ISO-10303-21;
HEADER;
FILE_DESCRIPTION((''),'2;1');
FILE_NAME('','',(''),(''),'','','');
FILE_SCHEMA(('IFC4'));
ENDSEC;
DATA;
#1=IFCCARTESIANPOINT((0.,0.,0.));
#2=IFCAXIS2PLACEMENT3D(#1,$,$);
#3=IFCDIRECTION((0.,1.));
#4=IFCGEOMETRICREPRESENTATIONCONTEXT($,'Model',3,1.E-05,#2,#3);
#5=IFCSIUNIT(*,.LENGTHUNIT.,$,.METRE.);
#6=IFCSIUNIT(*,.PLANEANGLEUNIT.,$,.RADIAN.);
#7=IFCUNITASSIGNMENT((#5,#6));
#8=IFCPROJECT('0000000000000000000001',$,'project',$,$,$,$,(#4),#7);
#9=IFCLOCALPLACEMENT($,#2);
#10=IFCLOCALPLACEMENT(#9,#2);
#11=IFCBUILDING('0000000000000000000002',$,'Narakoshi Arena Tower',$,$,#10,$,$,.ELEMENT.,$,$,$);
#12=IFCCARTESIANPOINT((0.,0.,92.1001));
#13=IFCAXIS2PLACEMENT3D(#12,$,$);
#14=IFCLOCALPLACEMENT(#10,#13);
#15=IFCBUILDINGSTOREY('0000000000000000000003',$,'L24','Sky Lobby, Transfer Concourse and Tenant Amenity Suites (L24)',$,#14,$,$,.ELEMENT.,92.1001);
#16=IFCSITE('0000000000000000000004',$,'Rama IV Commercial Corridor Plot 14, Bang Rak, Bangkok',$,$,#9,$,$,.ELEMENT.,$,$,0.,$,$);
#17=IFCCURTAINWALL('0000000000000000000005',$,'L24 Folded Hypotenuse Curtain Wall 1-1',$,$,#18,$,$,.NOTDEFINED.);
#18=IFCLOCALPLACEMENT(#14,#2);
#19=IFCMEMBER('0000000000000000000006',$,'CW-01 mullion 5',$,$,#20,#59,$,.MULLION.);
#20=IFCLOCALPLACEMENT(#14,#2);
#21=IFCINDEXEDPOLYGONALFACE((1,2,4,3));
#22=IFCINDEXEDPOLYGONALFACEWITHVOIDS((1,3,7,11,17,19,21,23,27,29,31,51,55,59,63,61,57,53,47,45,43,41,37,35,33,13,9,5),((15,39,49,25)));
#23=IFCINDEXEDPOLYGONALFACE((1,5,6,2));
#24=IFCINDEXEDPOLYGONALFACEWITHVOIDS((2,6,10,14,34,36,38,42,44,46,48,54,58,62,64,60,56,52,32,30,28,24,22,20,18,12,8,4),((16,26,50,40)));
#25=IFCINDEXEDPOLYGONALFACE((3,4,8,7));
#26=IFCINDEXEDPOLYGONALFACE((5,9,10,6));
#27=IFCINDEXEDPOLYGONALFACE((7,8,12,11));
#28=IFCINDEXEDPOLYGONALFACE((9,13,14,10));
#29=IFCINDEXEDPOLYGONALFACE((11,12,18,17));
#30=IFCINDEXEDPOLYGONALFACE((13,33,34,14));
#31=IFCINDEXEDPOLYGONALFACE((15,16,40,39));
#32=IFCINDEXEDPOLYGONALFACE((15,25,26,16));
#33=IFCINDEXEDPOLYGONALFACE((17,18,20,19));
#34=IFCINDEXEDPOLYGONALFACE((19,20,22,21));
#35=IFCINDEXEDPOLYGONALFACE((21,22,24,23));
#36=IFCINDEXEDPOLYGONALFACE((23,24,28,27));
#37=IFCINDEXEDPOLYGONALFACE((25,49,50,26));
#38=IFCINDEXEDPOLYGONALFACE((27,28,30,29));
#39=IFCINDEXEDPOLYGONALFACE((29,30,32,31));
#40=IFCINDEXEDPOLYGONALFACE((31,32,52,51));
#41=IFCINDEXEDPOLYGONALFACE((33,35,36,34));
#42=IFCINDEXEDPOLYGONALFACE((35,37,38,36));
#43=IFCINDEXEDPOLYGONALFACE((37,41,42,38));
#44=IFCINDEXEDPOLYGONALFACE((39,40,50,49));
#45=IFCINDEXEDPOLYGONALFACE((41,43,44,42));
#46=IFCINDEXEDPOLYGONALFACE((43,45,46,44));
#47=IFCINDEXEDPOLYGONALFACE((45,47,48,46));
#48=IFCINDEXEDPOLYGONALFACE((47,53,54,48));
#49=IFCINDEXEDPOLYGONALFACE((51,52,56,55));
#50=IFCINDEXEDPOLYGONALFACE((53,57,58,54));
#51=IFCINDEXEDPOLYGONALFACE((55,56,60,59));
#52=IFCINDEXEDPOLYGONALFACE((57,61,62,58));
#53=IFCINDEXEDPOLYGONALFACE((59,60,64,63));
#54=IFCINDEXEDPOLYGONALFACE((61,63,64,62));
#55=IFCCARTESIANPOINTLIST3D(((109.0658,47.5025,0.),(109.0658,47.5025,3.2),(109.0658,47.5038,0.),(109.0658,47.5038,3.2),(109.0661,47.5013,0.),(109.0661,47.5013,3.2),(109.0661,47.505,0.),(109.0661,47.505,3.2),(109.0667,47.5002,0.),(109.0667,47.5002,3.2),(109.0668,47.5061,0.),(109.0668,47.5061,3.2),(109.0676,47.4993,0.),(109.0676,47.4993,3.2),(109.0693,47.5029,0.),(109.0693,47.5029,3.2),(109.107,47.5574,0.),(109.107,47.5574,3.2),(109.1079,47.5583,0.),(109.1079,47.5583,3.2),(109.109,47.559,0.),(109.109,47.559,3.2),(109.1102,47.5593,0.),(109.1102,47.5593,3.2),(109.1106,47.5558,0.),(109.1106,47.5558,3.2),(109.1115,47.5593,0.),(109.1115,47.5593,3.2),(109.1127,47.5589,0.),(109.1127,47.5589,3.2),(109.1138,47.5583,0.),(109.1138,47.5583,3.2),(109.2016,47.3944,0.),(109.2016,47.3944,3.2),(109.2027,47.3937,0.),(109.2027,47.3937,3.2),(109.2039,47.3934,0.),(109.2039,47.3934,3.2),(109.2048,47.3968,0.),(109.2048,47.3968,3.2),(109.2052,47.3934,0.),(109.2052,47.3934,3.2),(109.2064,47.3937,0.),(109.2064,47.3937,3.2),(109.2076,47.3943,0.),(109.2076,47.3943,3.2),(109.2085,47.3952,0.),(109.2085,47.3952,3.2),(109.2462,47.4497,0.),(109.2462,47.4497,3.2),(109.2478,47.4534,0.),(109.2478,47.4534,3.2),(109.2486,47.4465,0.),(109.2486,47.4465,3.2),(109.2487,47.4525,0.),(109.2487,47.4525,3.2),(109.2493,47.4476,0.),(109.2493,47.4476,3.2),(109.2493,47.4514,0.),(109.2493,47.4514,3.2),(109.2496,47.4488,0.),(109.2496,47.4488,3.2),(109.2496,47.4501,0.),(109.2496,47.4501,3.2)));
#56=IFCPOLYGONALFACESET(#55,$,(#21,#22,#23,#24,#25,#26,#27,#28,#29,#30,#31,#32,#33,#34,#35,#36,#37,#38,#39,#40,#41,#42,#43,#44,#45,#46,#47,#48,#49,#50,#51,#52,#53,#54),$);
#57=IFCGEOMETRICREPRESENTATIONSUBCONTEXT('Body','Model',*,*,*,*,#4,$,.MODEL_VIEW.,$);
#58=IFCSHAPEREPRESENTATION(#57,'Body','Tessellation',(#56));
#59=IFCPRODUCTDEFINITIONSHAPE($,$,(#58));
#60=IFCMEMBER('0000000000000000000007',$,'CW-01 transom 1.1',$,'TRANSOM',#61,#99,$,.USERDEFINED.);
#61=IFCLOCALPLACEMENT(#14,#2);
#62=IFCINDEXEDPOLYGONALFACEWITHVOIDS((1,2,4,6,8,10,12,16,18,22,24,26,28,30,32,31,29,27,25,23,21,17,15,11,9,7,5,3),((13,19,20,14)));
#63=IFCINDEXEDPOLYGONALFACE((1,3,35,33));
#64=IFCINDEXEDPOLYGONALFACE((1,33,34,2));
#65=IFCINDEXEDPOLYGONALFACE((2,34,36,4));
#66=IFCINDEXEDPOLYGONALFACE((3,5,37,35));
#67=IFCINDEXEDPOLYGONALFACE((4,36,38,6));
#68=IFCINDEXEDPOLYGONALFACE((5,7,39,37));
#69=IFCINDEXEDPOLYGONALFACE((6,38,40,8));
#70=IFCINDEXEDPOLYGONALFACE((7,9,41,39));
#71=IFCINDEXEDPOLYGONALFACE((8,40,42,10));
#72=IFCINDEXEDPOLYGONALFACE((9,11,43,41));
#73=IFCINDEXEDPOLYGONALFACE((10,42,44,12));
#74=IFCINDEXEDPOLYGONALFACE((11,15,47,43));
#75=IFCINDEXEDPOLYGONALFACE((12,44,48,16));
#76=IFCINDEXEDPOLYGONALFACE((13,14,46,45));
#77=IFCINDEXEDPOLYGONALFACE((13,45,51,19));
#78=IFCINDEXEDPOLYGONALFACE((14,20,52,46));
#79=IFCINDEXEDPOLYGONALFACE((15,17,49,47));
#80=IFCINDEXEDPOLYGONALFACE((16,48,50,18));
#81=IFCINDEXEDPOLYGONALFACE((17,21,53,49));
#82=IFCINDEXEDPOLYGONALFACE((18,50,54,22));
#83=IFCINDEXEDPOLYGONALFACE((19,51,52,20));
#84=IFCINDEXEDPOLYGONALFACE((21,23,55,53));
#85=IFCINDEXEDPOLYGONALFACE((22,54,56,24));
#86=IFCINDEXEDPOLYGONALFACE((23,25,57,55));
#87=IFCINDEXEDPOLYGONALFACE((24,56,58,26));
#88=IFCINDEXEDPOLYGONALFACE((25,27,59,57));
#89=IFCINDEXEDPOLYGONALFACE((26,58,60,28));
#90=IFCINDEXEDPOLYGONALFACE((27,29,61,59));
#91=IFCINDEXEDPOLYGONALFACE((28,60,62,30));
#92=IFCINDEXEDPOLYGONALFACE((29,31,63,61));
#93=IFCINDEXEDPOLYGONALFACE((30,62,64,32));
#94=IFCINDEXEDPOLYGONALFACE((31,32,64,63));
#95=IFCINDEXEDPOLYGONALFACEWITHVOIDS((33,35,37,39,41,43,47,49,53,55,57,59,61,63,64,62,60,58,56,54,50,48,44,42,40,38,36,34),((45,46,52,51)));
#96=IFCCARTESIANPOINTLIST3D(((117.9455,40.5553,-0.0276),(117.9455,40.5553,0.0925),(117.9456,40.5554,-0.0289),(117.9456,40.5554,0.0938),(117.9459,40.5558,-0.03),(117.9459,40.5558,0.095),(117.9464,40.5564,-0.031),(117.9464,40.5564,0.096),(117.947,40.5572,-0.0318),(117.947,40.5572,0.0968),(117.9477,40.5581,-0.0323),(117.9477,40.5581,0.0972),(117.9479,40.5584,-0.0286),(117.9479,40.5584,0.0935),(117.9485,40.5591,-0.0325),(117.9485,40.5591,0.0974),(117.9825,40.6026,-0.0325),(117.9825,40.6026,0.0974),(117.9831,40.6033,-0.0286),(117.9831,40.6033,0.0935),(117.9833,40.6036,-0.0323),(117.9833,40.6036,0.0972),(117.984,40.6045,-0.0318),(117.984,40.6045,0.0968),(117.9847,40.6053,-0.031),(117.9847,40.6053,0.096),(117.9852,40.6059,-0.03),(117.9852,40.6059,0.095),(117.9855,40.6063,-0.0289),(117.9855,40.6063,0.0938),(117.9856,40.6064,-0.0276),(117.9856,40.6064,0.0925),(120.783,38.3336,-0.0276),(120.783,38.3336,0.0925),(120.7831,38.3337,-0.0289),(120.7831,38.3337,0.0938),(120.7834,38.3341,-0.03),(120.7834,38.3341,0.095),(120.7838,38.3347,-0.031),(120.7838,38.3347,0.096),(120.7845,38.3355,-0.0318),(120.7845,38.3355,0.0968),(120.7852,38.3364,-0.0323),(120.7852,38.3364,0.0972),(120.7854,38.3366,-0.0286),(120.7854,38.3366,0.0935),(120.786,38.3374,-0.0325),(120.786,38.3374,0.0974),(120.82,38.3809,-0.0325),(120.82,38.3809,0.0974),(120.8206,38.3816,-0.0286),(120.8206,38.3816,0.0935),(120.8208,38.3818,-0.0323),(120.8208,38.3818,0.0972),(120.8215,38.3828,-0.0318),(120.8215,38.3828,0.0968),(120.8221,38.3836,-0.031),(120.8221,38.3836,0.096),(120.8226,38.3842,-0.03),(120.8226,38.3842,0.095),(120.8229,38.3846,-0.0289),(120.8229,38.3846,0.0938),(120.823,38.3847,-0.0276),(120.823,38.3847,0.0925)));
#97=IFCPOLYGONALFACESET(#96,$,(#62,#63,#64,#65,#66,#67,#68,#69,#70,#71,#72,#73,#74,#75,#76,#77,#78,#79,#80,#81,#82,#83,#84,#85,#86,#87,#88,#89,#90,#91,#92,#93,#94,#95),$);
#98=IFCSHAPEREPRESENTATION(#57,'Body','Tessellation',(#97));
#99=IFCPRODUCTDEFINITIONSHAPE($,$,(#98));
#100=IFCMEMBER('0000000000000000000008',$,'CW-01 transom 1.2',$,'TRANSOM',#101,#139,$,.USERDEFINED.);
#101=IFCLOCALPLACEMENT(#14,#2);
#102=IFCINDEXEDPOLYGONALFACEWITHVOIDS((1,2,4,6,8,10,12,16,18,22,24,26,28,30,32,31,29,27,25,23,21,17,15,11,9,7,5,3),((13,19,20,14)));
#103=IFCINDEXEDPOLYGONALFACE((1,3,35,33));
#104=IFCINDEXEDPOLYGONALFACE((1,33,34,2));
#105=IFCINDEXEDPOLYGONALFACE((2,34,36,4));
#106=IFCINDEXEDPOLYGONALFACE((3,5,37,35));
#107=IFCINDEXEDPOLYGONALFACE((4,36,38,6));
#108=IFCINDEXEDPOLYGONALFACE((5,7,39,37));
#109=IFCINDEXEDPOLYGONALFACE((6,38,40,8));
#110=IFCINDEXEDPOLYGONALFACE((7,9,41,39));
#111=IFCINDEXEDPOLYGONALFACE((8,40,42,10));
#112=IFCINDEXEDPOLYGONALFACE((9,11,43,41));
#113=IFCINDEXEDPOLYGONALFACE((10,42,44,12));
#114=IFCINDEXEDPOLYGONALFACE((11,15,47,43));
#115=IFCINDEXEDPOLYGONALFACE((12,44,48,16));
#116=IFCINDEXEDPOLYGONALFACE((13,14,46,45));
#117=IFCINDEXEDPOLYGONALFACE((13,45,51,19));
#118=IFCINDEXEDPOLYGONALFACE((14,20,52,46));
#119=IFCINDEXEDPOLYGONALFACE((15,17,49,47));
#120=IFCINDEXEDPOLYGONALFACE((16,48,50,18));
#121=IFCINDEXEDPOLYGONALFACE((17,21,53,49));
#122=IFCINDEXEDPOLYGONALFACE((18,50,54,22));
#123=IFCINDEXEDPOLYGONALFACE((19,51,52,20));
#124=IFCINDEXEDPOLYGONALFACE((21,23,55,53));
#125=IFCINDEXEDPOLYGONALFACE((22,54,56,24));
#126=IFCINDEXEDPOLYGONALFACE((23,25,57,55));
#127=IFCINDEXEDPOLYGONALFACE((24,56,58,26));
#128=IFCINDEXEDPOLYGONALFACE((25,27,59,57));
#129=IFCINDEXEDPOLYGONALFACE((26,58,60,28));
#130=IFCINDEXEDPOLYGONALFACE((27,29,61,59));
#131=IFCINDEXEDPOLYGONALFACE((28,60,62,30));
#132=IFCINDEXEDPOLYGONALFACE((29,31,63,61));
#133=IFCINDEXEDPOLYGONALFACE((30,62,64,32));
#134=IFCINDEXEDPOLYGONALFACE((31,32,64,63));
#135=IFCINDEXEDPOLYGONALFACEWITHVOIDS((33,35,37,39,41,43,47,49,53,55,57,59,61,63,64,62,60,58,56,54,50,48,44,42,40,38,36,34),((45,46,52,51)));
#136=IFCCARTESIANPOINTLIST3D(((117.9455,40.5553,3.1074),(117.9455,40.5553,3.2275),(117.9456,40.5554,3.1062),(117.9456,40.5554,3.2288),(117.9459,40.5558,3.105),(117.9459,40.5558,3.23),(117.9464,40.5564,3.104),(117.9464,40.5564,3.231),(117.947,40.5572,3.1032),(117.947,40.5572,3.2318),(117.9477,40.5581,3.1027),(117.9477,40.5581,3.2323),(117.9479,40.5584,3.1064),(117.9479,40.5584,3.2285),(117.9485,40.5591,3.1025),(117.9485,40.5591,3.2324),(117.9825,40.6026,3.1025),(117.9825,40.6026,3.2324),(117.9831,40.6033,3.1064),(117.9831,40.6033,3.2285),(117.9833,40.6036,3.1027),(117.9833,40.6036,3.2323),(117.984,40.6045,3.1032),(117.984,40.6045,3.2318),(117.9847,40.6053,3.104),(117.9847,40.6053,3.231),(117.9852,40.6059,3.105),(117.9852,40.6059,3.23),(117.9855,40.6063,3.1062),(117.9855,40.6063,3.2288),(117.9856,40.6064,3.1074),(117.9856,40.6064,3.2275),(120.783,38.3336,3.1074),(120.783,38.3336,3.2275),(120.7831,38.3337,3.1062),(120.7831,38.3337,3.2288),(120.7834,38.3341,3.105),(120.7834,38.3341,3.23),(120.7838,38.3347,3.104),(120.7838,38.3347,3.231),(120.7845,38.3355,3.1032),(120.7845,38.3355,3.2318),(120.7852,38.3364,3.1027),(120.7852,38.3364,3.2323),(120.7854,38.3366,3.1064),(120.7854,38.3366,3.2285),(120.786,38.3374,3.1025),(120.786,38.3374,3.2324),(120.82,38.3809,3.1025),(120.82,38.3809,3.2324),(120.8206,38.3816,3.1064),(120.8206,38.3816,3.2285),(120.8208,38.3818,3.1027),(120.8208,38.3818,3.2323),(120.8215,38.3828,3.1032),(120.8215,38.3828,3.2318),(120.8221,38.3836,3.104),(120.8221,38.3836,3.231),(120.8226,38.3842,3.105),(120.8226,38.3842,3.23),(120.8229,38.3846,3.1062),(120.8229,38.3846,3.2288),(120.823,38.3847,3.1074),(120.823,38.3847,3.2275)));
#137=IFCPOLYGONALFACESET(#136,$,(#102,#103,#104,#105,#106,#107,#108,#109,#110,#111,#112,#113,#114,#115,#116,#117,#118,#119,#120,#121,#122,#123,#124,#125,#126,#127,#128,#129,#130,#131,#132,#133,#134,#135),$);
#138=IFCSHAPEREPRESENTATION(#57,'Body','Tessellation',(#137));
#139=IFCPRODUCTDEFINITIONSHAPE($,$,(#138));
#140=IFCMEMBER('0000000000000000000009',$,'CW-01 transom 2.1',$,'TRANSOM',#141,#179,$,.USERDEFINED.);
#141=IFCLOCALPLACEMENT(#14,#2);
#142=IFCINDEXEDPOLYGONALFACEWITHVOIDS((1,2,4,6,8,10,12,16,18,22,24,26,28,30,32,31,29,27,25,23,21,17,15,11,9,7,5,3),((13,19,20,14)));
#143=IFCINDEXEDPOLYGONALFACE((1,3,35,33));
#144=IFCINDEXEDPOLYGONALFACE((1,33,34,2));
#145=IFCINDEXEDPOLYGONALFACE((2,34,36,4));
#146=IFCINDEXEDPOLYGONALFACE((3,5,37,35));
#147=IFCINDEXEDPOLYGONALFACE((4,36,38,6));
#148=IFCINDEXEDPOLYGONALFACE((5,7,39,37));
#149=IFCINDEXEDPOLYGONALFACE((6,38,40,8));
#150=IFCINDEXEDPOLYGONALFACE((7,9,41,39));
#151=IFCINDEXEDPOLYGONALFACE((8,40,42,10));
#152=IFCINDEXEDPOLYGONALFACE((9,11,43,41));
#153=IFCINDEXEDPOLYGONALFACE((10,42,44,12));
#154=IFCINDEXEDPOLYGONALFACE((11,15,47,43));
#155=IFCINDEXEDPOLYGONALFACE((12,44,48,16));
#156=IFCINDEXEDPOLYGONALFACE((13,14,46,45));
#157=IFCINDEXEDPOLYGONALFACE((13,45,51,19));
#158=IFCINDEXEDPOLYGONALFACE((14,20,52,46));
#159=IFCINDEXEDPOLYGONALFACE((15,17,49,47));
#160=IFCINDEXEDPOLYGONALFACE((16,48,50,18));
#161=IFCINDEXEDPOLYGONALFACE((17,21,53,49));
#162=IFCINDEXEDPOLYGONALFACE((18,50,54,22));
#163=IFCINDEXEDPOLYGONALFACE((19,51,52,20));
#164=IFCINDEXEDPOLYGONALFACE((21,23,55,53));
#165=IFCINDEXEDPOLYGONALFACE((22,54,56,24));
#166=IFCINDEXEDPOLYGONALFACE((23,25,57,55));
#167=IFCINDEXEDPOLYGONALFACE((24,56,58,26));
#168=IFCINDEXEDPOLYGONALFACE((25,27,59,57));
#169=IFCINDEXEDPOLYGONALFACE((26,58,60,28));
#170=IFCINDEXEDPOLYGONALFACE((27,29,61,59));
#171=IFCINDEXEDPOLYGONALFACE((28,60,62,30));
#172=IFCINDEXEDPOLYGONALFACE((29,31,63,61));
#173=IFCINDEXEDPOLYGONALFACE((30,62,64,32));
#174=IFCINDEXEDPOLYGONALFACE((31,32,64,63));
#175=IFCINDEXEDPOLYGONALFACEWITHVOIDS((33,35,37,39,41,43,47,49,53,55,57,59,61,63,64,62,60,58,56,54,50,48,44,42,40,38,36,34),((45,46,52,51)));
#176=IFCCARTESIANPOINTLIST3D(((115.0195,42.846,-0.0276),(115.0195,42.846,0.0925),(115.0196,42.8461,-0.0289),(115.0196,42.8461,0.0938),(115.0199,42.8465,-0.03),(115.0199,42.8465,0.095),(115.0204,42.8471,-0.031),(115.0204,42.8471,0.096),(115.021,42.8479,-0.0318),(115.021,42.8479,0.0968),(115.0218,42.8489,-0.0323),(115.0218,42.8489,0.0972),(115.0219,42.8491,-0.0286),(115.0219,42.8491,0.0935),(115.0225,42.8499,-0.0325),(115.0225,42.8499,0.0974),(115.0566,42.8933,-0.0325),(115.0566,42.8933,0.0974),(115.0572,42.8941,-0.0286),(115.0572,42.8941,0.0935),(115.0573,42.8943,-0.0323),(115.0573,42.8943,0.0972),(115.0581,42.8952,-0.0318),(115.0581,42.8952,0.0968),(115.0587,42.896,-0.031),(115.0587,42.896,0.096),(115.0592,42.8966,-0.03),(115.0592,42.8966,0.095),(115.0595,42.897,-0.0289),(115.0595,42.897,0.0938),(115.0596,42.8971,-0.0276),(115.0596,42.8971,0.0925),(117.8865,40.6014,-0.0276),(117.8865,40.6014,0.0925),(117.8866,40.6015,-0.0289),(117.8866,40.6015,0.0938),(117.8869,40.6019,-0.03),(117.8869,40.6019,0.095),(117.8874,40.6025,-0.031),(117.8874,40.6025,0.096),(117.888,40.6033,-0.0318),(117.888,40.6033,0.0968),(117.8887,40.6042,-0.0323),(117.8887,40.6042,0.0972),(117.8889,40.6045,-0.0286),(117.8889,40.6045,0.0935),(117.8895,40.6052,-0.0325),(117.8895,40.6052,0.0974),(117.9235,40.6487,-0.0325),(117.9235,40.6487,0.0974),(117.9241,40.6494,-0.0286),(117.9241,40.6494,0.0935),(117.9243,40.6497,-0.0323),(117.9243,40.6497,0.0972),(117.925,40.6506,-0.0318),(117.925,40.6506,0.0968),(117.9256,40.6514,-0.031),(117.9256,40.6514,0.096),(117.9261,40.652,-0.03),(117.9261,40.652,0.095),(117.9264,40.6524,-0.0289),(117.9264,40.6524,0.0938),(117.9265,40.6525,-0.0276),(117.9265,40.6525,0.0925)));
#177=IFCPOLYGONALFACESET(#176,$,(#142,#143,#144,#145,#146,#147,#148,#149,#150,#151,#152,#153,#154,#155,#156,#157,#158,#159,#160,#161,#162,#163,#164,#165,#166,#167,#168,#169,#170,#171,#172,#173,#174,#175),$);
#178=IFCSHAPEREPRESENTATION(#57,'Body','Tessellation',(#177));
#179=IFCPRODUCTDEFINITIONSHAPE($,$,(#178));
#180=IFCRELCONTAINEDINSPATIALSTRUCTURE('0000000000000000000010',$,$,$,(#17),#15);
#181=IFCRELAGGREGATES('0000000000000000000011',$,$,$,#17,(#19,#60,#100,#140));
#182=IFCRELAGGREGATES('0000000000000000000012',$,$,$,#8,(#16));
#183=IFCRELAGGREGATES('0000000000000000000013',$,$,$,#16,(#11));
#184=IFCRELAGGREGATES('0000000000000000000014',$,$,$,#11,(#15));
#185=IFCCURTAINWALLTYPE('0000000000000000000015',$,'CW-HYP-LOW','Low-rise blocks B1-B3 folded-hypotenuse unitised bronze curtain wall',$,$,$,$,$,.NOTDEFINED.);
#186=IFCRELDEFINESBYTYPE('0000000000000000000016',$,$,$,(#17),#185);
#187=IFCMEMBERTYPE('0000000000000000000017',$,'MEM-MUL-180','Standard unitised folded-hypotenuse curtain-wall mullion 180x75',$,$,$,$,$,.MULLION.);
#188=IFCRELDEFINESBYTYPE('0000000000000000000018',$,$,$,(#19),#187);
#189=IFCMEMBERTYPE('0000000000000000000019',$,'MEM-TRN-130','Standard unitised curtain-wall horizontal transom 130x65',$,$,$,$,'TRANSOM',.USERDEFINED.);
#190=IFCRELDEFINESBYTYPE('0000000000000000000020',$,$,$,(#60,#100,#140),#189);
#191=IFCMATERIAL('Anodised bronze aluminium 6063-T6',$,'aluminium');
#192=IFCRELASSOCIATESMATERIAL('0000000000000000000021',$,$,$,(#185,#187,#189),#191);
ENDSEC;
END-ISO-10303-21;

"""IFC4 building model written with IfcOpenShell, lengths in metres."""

from ifc_helpers import new_model, si_unit, direction, frame, origin, origin_2d, place, context, subcontext, project, spatial, hollow_rectangle, extrude, material, material_profile, profile_set, type_object, element, aggregate, save


model = new_model("IFC4")

# Units and contexts
model_context = context("Model", 3, precision=1e-05, world=origin(), true_north=direction((0.0, 1.0)))
body_context = subcontext(model_context, "Body", "Model", "MODEL_VIEW")
ifc_project = project(units=[si_unit("LENGTHUNIT", "METRE"), si_unit("PLANEANGLEUNIT", "RADIAN")], contexts=[model_context])

# Site, building, storey
site_placement = place(None, origin())
site = spatial("IfcSite", under=ifc_project, at=site_placement, Name="Rama IV Commercial Corridor Plot 14, Bang Rak, Bangkok", CompositionType="ELEMENT", RefElevation=0.0)
building_placement = place(site_placement, origin())
building = spatial("IfcBuilding", under=site, at=building_placement, Name="Narakoshi Arena Tower", CompositionType="ELEMENT")
storey_placement = place(building_placement, frame((0.0, 0.0, 92.1001)))
storey = spatial("IfcBuildingStorey", under=building, at=storey_placement, Name="L24", Description="Sky Lobby, Transfer Concourse and Tenant Amenity Suites (L24)", CompositionType="ELEMENT", Elevation=92.1001)

# Curtain wall, members
ifc_material_1 = material(Name="Anodised bronze aluminium 6063-T6", Category="aluminium")
curtain_wall_type = type_object("IfcCurtainWallType", Name="CW-HYP-LOW", Description="Low-rise blocks B1-B3 folded-hypotenuse unitised bronze curtain wall", PredefinedType="NOTDEFINED", material=ifc_material_1)
curtain_wall_placement = place(storey_placement, origin())
curtain_wall = element("IfcCurtainWall", 1, at=curtain_wall_placement, inside=storey, type_object=curtain_wall_type, Name="L24 Folded Hypotenuse Curtain Wall 1-1", PredefinedType="NOTDEFINED")
ifc_material_profile_1 = material_profile(ifc_material_1, hollow_rectangle(XDim=0.075, YDim=0.1799, WallThickness=0.0039, OuterFilletRadius=0.0049, at=origin_2d()), Name="MUL180x75x4")
ifc_profile_set_1 = profile_set([ifc_material_profile_1], Name="Anodised bronze aluminium 6063-T6")
member_type_1 = type_object("IfcMemberType", Name="MEM-MUL-180", Description="Standard unitised folded-hypotenuse curtain-wall mullion 180x75", PredefinedType="MULLION", material=ifc_profile_set_1)
member_1_placement = place(storey_placement, frame((109.1577, 47.4763, 0.0), z_axis=(0.0, 0.0, 1.0), x_axis=(-0.616457, -0.787389, 0.0)))
member_1 = element("IfcMember", 2, at=member_1_placement, type_object=member_type_1, Name="CW-01 mullion 5", PredefinedType="MULLION", context=body_context, shape_type="SweptSolid", body=[
    extrude(hollow_rectangle(XDim=0.075, YDim=0.1799, WallThickness=0.0039, OuterFilletRadius=0.0049, at=origin_2d()), origin(), (0.0, 0.0, 1.0), 3.2),
])
ifc_material_profile_2 = material_profile(ifc_material_1, hollow_rectangle(XDim=0.0649, YDim=0.1299, WallThickness=0.0039, OuterFilletRadius=0.0049, at=origin_2d()), Name="TRN130x65x4")
ifc_profile_set_2 = profile_set([ifc_material_profile_2], Name="Anodised bronze aluminium 6063-T6")
member_type_2 = type_object("IfcMemberType", Name="MEM-TRN-130", Description="Standard unitised curtain-wall horizontal transom 130x65", ElementType="TRANSOM", PredefinedType="USERDEFINED", material=ifc_profile_set_2)
member_2_placement = place(storey_placement, frame((120.803, 38.3591, 0.0325), z_axis=(-0.787356, 0.616498, 0.0), x_axis=(-0.616498, -0.787356, 0.0)))
member_2 = element("IfcMember", 3, at=member_2_placement, type_object=member_type_2, Name="CW-01 transom 1.1", ObjectType="TRANSOM", PredefinedType="USERDEFINED", context=body_context, shape_type="SweptSolid", body=[
    extrude(hollow_rectangle(XDim=0.0649, YDim=0.1299, WallThickness=0.0039, OuterFilletRadius=0.0049, at=origin_2d()), origin(), (0.0, 0.0, 1.0), 3.6038),
])
member_3_placement = place(storey_placement, frame((120.803, 38.3591, 3.1675), z_axis=(-0.787356, 0.616498, 0.0), x_axis=(-0.616498, -0.787356, 0.0)))
member_3 = element("IfcMember", 4, at=member_3_placement, type_object=member_type_2, Name="CW-01 transom 1.2", ObjectType="TRANSOM", PredefinedType="USERDEFINED", context=body_context, shape_type="SweptSolid", body=[
    extrude(hollow_rectangle(XDim=0.0649, YDim=0.1299, WallThickness=0.0039, OuterFilletRadius=0.0049, at=origin_2d()), origin(), (0.0, 0.0, 1.0), 3.6038),
])
member_4_placement = place(storey_placement, frame((117.9065, 40.627, 0.0325), z_axis=(-0.78738, 0.616467, 0.0), x_axis=(-0.616467, -0.78738, 0.0)))
member_4 = element("IfcMember", 5, at=member_4_placement, type_object=member_type_2, Name="CW-01 transom 2.1", ObjectType="TRANSOM", PredefinedType="USERDEFINED", context=body_context, shape_type="SweptSolid", body=[
    extrude(hollow_rectangle(XDim=0.0649, YDim=0.1299, WallThickness=0.0039, OuterFilletRadius=0.0049, at=origin_2d()), origin(), (0.0, 0.0, 1.0), 3.6411),
])
aggregate(curtain_wall, [member_1, member_2, member_3, member_4])

save(model, "model.ifc")
